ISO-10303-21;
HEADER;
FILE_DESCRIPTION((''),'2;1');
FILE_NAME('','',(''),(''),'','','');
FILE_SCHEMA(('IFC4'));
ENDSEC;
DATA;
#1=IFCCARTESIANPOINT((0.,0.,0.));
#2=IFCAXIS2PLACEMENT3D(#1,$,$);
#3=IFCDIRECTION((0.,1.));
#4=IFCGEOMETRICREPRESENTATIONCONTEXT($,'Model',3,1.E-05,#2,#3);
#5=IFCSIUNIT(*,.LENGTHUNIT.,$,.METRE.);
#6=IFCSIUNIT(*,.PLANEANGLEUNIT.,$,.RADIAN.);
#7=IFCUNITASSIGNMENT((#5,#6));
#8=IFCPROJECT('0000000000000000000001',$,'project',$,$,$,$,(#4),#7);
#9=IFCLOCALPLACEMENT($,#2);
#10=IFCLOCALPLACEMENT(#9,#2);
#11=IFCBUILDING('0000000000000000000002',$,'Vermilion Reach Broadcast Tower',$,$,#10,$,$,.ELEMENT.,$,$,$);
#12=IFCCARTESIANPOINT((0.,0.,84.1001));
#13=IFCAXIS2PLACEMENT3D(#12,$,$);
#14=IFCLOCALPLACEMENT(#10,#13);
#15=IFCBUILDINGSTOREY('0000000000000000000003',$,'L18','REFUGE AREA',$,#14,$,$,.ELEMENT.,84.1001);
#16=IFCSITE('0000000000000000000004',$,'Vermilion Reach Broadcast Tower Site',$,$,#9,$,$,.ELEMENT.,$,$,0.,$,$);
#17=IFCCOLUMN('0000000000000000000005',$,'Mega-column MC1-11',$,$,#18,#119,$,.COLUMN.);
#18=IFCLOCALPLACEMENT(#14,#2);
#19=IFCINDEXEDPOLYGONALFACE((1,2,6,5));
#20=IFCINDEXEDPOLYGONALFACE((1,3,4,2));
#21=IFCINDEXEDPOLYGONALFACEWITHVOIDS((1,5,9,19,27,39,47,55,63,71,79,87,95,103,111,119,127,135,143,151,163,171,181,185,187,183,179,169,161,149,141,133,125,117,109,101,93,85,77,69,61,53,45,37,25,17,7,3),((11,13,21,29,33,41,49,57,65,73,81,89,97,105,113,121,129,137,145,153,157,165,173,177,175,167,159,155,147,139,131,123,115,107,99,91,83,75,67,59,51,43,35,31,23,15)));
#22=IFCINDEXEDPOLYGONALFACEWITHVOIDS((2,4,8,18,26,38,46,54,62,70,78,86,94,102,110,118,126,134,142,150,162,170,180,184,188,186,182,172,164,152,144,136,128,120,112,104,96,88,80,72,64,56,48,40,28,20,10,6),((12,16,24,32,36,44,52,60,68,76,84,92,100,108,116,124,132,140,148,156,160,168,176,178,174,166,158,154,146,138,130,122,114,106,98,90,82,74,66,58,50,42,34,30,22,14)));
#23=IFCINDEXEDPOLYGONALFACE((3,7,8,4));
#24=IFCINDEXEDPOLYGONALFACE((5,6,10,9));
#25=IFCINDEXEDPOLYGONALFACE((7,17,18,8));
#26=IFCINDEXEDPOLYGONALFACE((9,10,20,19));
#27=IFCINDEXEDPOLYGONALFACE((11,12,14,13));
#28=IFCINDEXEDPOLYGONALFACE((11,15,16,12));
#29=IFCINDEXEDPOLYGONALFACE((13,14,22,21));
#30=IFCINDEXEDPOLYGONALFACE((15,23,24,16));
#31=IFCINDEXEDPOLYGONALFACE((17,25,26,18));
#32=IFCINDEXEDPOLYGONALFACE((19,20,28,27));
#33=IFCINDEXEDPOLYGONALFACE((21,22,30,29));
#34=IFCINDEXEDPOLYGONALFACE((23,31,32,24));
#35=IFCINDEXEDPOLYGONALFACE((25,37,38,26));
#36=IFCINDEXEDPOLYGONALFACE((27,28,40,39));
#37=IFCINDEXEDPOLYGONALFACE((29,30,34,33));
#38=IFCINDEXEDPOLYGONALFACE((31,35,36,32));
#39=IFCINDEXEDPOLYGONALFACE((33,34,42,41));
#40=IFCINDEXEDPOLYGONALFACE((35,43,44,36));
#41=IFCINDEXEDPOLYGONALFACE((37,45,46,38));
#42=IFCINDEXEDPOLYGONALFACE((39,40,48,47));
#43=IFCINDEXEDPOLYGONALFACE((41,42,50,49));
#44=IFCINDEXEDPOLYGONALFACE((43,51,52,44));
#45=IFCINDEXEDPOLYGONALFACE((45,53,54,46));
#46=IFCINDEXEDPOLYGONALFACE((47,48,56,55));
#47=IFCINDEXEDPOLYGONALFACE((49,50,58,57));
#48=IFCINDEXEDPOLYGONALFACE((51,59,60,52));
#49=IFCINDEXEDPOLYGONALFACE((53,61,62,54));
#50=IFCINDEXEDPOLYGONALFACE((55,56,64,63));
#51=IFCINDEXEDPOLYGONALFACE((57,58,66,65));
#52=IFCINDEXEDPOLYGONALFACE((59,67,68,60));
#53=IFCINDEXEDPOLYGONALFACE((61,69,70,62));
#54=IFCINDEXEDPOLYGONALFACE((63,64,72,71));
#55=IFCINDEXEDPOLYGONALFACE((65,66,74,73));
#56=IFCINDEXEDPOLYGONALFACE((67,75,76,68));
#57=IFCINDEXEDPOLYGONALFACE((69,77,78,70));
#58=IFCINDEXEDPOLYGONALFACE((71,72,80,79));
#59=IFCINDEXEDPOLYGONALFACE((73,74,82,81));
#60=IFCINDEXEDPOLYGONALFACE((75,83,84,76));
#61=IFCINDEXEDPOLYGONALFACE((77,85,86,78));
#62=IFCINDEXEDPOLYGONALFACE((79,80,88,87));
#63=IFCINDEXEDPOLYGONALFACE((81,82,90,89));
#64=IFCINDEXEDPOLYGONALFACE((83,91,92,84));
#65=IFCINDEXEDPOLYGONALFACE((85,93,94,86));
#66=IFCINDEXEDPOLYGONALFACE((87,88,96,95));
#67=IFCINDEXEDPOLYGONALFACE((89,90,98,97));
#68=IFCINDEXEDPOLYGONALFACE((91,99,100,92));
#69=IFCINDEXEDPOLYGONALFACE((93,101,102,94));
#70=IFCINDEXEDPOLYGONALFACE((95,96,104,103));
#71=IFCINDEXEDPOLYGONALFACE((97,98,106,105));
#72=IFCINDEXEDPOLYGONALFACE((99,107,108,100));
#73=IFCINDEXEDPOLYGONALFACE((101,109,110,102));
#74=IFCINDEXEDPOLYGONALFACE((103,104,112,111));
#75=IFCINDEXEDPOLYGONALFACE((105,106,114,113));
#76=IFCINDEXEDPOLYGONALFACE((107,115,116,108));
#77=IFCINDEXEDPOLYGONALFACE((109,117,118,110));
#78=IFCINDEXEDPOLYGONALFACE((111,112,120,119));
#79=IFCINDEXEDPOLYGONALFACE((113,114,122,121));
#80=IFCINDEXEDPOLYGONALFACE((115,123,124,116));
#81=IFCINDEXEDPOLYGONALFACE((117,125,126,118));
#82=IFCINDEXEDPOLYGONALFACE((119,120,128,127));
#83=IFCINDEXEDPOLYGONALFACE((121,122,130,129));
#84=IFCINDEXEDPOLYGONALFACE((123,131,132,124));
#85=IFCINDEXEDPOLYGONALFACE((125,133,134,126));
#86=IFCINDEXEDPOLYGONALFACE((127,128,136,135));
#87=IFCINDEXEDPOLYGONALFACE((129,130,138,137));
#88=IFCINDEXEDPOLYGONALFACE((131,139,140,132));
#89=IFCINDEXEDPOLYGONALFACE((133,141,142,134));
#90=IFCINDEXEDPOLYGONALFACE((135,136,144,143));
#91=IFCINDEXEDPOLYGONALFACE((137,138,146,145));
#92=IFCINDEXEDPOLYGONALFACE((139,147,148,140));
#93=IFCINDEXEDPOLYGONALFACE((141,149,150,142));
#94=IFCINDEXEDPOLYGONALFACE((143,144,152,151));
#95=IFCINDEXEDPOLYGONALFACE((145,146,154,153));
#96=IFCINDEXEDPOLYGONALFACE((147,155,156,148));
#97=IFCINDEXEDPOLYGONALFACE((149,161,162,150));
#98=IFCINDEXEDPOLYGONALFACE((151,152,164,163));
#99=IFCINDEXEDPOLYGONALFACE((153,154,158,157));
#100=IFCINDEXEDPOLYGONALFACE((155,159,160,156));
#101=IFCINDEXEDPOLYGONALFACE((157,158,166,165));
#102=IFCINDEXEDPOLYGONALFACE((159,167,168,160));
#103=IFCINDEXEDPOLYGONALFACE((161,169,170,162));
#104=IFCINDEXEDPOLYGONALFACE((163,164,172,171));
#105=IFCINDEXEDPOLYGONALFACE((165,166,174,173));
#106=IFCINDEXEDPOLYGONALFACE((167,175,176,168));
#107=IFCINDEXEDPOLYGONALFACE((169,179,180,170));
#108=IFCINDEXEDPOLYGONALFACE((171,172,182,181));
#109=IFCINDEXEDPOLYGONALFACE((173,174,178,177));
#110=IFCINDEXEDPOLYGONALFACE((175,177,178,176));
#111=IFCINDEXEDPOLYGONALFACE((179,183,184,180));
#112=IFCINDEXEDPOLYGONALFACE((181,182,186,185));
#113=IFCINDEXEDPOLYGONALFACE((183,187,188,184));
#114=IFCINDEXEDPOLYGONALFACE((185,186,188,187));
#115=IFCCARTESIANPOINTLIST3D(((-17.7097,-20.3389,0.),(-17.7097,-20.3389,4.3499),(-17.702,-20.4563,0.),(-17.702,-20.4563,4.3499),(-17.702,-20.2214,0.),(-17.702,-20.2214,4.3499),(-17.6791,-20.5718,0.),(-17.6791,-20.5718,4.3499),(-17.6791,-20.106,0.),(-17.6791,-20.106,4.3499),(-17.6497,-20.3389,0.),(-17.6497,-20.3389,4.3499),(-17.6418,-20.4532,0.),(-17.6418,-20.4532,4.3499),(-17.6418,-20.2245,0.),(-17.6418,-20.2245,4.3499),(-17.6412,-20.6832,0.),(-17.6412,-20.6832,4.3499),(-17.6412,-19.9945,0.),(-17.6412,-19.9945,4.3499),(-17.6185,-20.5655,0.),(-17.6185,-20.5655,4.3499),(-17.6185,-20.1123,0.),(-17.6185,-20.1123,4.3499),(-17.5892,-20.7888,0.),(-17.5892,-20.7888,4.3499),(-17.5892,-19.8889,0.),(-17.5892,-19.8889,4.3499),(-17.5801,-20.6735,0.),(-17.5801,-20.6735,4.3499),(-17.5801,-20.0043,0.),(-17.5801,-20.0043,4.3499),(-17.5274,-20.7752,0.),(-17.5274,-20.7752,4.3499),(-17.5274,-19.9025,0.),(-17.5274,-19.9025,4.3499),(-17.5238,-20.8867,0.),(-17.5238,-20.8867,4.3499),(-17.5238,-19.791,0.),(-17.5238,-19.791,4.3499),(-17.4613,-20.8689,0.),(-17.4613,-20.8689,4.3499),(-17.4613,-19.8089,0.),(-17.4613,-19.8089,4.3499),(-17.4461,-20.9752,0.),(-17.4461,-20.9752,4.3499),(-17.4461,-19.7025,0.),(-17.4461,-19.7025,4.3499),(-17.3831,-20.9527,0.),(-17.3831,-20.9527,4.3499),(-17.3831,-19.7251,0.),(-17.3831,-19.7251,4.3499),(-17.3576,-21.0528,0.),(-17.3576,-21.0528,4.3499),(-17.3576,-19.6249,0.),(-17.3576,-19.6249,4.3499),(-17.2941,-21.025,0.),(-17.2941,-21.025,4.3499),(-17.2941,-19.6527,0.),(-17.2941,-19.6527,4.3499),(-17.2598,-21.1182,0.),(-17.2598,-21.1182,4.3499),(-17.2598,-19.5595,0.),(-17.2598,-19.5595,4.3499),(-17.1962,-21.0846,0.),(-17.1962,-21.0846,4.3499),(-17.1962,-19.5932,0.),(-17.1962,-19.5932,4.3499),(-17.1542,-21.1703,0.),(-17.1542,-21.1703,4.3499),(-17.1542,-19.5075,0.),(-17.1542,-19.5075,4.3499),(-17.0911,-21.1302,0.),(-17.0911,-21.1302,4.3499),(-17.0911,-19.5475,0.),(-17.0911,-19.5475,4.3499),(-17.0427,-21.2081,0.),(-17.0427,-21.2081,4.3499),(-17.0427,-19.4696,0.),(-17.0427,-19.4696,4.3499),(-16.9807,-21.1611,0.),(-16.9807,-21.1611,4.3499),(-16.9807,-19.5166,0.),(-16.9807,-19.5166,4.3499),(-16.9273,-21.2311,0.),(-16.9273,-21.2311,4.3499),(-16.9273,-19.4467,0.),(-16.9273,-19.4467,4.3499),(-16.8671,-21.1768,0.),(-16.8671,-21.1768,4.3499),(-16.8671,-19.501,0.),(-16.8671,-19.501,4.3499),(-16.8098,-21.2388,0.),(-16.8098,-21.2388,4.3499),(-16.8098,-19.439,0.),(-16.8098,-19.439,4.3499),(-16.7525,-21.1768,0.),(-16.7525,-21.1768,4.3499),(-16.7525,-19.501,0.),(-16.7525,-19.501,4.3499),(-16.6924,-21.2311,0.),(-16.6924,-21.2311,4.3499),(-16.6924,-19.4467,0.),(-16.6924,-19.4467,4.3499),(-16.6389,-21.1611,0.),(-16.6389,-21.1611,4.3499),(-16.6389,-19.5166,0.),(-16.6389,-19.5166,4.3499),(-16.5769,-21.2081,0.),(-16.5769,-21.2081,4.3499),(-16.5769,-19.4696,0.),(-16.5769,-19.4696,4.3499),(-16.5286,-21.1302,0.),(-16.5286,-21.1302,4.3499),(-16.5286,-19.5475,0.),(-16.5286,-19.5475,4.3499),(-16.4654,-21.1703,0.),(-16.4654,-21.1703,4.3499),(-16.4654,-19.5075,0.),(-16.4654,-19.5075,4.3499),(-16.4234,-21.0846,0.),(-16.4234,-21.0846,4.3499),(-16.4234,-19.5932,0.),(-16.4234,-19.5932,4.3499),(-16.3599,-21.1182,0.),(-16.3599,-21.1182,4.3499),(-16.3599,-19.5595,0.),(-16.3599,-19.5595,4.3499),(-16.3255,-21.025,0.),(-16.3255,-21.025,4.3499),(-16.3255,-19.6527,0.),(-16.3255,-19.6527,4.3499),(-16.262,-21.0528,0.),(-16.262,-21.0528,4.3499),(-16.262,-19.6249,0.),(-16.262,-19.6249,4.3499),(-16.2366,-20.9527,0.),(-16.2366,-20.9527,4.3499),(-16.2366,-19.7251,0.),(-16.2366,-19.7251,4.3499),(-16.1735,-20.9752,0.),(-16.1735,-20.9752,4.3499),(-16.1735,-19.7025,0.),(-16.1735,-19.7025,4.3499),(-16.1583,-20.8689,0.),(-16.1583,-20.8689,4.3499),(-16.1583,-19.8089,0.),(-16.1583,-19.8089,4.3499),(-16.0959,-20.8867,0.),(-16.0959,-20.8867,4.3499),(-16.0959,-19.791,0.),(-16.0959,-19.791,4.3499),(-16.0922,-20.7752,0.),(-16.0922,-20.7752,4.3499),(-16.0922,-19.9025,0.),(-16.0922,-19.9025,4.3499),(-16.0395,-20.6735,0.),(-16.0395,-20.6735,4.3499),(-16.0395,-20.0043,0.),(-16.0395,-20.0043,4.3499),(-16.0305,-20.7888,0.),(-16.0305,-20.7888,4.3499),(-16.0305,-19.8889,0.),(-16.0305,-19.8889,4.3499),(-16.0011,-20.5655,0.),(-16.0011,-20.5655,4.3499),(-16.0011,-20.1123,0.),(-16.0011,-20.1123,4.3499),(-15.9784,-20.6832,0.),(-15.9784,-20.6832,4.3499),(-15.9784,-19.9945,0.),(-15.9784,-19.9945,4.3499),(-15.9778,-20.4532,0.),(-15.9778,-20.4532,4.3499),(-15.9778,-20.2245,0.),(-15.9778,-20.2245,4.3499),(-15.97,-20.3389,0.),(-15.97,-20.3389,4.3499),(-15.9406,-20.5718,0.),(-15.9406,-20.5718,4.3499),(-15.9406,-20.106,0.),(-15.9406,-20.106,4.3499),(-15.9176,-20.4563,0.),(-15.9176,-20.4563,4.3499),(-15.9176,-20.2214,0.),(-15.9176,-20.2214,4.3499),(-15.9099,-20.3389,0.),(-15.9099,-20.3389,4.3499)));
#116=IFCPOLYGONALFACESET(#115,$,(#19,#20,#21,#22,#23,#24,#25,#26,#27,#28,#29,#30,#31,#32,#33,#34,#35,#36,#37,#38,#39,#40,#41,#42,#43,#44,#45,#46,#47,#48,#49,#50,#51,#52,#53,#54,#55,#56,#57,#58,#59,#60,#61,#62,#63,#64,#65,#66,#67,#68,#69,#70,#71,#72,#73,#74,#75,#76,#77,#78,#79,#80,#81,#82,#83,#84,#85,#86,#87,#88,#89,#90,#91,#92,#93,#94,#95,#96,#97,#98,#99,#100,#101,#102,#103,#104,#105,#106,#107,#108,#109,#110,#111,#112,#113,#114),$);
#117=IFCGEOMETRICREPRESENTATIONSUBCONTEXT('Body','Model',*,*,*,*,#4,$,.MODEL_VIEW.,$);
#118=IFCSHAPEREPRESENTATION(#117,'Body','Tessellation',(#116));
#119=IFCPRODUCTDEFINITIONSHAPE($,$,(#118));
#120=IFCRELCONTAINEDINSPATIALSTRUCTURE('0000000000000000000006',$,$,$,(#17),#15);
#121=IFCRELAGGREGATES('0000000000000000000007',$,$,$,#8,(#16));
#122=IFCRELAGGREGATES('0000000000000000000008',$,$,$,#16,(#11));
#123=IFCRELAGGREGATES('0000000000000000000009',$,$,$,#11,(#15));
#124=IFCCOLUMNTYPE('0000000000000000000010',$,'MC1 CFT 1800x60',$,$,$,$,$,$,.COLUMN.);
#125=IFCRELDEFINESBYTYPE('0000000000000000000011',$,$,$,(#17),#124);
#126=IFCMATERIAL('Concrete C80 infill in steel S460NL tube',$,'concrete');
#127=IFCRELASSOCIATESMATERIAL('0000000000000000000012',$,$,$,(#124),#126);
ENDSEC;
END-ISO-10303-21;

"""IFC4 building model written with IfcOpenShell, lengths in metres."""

from ifc_helpers import new_model, si_unit, direction, frame, origin, origin_2d, place, context, subcontext, project, spatial, hollow_circle, extrude, material, material_profile, profile_set, type_object, element, save


model = new_model("IFC4")

# Units and contexts
model_context = context("Model", 3, precision=1e-05, world=origin(), true_north=direction((0.0, 1.0)))
body_context = subcontext(model_context, "Body", "Model", "MODEL_VIEW")
ifc_project = project(units=[si_unit("LENGTHUNIT", "METRE"), si_unit("PLANEANGLEUNIT", "RADIAN")], contexts=[model_context])

# Site, building, storey
site_placement = place(None, origin())
site = spatial("IfcSite", under=ifc_project, at=site_placement, Name="Vermilion Reach Broadcast Tower Site", CompositionType="ELEMENT", RefElevation=0.0)
building_placement = place(site_placement, origin())
building = spatial("IfcBuilding", under=site, at=building_placement, Name="Vermilion Reach Broadcast Tower", CompositionType="ELEMENT")
storey_placement = place(building_placement, frame((0.0, 0.0, 84.1001)))
storey = spatial("IfcBuildingStorey", under=building, at=storey_placement, Name="L18", Description="REFUGE AREA", CompositionType="ELEMENT", Elevation=84.1001)

# Column
ifc_material_1 = material(Name="Concrete C80 infill in steel S460NL tube", Category="concrete")
ifc_material_profile_1 = material_profile(ifc_material_1, hollow_circle(Radius=0.8999, WallThickness=0.0601, at=origin_2d()), Name="Concrete C80 infill in steel S460NL tube CFT 1800x60")
ifc_profile_set_1 = profile_set([ifc_material_profile_1], Name="Concrete C80 infill in steel S460NL tube")
column_type = type_object("IfcColumnType", Name="MC1 CFT 1800x60", PredefinedType="COLUMN", material=ifc_profile_set_1)
for number, where, z_axis, x_axis, name in (
    (1, (-16.8098, -20.3389, 0.0), (0.0, 0.0, 1.0), (1.0, 0.0, 0.0), "Mega-column MC1-11"),
):
    element("IfcColumn", number, at=place(storey_placement, frame(where, z_axis=z_axis, x_axis=x_axis)), inside=storey, type_object=column_type, Name=name, PredefinedType="COLUMN", context=body_context, shape_type="SweptSolid", body=[
        extrude(hollow_circle(Radius=0.8999, WallThickness=0.0601, at=origin_2d()), origin(), (0.0, 0.0, 1.0), 4.3499),
    ])

save(model, "model.ifc")
